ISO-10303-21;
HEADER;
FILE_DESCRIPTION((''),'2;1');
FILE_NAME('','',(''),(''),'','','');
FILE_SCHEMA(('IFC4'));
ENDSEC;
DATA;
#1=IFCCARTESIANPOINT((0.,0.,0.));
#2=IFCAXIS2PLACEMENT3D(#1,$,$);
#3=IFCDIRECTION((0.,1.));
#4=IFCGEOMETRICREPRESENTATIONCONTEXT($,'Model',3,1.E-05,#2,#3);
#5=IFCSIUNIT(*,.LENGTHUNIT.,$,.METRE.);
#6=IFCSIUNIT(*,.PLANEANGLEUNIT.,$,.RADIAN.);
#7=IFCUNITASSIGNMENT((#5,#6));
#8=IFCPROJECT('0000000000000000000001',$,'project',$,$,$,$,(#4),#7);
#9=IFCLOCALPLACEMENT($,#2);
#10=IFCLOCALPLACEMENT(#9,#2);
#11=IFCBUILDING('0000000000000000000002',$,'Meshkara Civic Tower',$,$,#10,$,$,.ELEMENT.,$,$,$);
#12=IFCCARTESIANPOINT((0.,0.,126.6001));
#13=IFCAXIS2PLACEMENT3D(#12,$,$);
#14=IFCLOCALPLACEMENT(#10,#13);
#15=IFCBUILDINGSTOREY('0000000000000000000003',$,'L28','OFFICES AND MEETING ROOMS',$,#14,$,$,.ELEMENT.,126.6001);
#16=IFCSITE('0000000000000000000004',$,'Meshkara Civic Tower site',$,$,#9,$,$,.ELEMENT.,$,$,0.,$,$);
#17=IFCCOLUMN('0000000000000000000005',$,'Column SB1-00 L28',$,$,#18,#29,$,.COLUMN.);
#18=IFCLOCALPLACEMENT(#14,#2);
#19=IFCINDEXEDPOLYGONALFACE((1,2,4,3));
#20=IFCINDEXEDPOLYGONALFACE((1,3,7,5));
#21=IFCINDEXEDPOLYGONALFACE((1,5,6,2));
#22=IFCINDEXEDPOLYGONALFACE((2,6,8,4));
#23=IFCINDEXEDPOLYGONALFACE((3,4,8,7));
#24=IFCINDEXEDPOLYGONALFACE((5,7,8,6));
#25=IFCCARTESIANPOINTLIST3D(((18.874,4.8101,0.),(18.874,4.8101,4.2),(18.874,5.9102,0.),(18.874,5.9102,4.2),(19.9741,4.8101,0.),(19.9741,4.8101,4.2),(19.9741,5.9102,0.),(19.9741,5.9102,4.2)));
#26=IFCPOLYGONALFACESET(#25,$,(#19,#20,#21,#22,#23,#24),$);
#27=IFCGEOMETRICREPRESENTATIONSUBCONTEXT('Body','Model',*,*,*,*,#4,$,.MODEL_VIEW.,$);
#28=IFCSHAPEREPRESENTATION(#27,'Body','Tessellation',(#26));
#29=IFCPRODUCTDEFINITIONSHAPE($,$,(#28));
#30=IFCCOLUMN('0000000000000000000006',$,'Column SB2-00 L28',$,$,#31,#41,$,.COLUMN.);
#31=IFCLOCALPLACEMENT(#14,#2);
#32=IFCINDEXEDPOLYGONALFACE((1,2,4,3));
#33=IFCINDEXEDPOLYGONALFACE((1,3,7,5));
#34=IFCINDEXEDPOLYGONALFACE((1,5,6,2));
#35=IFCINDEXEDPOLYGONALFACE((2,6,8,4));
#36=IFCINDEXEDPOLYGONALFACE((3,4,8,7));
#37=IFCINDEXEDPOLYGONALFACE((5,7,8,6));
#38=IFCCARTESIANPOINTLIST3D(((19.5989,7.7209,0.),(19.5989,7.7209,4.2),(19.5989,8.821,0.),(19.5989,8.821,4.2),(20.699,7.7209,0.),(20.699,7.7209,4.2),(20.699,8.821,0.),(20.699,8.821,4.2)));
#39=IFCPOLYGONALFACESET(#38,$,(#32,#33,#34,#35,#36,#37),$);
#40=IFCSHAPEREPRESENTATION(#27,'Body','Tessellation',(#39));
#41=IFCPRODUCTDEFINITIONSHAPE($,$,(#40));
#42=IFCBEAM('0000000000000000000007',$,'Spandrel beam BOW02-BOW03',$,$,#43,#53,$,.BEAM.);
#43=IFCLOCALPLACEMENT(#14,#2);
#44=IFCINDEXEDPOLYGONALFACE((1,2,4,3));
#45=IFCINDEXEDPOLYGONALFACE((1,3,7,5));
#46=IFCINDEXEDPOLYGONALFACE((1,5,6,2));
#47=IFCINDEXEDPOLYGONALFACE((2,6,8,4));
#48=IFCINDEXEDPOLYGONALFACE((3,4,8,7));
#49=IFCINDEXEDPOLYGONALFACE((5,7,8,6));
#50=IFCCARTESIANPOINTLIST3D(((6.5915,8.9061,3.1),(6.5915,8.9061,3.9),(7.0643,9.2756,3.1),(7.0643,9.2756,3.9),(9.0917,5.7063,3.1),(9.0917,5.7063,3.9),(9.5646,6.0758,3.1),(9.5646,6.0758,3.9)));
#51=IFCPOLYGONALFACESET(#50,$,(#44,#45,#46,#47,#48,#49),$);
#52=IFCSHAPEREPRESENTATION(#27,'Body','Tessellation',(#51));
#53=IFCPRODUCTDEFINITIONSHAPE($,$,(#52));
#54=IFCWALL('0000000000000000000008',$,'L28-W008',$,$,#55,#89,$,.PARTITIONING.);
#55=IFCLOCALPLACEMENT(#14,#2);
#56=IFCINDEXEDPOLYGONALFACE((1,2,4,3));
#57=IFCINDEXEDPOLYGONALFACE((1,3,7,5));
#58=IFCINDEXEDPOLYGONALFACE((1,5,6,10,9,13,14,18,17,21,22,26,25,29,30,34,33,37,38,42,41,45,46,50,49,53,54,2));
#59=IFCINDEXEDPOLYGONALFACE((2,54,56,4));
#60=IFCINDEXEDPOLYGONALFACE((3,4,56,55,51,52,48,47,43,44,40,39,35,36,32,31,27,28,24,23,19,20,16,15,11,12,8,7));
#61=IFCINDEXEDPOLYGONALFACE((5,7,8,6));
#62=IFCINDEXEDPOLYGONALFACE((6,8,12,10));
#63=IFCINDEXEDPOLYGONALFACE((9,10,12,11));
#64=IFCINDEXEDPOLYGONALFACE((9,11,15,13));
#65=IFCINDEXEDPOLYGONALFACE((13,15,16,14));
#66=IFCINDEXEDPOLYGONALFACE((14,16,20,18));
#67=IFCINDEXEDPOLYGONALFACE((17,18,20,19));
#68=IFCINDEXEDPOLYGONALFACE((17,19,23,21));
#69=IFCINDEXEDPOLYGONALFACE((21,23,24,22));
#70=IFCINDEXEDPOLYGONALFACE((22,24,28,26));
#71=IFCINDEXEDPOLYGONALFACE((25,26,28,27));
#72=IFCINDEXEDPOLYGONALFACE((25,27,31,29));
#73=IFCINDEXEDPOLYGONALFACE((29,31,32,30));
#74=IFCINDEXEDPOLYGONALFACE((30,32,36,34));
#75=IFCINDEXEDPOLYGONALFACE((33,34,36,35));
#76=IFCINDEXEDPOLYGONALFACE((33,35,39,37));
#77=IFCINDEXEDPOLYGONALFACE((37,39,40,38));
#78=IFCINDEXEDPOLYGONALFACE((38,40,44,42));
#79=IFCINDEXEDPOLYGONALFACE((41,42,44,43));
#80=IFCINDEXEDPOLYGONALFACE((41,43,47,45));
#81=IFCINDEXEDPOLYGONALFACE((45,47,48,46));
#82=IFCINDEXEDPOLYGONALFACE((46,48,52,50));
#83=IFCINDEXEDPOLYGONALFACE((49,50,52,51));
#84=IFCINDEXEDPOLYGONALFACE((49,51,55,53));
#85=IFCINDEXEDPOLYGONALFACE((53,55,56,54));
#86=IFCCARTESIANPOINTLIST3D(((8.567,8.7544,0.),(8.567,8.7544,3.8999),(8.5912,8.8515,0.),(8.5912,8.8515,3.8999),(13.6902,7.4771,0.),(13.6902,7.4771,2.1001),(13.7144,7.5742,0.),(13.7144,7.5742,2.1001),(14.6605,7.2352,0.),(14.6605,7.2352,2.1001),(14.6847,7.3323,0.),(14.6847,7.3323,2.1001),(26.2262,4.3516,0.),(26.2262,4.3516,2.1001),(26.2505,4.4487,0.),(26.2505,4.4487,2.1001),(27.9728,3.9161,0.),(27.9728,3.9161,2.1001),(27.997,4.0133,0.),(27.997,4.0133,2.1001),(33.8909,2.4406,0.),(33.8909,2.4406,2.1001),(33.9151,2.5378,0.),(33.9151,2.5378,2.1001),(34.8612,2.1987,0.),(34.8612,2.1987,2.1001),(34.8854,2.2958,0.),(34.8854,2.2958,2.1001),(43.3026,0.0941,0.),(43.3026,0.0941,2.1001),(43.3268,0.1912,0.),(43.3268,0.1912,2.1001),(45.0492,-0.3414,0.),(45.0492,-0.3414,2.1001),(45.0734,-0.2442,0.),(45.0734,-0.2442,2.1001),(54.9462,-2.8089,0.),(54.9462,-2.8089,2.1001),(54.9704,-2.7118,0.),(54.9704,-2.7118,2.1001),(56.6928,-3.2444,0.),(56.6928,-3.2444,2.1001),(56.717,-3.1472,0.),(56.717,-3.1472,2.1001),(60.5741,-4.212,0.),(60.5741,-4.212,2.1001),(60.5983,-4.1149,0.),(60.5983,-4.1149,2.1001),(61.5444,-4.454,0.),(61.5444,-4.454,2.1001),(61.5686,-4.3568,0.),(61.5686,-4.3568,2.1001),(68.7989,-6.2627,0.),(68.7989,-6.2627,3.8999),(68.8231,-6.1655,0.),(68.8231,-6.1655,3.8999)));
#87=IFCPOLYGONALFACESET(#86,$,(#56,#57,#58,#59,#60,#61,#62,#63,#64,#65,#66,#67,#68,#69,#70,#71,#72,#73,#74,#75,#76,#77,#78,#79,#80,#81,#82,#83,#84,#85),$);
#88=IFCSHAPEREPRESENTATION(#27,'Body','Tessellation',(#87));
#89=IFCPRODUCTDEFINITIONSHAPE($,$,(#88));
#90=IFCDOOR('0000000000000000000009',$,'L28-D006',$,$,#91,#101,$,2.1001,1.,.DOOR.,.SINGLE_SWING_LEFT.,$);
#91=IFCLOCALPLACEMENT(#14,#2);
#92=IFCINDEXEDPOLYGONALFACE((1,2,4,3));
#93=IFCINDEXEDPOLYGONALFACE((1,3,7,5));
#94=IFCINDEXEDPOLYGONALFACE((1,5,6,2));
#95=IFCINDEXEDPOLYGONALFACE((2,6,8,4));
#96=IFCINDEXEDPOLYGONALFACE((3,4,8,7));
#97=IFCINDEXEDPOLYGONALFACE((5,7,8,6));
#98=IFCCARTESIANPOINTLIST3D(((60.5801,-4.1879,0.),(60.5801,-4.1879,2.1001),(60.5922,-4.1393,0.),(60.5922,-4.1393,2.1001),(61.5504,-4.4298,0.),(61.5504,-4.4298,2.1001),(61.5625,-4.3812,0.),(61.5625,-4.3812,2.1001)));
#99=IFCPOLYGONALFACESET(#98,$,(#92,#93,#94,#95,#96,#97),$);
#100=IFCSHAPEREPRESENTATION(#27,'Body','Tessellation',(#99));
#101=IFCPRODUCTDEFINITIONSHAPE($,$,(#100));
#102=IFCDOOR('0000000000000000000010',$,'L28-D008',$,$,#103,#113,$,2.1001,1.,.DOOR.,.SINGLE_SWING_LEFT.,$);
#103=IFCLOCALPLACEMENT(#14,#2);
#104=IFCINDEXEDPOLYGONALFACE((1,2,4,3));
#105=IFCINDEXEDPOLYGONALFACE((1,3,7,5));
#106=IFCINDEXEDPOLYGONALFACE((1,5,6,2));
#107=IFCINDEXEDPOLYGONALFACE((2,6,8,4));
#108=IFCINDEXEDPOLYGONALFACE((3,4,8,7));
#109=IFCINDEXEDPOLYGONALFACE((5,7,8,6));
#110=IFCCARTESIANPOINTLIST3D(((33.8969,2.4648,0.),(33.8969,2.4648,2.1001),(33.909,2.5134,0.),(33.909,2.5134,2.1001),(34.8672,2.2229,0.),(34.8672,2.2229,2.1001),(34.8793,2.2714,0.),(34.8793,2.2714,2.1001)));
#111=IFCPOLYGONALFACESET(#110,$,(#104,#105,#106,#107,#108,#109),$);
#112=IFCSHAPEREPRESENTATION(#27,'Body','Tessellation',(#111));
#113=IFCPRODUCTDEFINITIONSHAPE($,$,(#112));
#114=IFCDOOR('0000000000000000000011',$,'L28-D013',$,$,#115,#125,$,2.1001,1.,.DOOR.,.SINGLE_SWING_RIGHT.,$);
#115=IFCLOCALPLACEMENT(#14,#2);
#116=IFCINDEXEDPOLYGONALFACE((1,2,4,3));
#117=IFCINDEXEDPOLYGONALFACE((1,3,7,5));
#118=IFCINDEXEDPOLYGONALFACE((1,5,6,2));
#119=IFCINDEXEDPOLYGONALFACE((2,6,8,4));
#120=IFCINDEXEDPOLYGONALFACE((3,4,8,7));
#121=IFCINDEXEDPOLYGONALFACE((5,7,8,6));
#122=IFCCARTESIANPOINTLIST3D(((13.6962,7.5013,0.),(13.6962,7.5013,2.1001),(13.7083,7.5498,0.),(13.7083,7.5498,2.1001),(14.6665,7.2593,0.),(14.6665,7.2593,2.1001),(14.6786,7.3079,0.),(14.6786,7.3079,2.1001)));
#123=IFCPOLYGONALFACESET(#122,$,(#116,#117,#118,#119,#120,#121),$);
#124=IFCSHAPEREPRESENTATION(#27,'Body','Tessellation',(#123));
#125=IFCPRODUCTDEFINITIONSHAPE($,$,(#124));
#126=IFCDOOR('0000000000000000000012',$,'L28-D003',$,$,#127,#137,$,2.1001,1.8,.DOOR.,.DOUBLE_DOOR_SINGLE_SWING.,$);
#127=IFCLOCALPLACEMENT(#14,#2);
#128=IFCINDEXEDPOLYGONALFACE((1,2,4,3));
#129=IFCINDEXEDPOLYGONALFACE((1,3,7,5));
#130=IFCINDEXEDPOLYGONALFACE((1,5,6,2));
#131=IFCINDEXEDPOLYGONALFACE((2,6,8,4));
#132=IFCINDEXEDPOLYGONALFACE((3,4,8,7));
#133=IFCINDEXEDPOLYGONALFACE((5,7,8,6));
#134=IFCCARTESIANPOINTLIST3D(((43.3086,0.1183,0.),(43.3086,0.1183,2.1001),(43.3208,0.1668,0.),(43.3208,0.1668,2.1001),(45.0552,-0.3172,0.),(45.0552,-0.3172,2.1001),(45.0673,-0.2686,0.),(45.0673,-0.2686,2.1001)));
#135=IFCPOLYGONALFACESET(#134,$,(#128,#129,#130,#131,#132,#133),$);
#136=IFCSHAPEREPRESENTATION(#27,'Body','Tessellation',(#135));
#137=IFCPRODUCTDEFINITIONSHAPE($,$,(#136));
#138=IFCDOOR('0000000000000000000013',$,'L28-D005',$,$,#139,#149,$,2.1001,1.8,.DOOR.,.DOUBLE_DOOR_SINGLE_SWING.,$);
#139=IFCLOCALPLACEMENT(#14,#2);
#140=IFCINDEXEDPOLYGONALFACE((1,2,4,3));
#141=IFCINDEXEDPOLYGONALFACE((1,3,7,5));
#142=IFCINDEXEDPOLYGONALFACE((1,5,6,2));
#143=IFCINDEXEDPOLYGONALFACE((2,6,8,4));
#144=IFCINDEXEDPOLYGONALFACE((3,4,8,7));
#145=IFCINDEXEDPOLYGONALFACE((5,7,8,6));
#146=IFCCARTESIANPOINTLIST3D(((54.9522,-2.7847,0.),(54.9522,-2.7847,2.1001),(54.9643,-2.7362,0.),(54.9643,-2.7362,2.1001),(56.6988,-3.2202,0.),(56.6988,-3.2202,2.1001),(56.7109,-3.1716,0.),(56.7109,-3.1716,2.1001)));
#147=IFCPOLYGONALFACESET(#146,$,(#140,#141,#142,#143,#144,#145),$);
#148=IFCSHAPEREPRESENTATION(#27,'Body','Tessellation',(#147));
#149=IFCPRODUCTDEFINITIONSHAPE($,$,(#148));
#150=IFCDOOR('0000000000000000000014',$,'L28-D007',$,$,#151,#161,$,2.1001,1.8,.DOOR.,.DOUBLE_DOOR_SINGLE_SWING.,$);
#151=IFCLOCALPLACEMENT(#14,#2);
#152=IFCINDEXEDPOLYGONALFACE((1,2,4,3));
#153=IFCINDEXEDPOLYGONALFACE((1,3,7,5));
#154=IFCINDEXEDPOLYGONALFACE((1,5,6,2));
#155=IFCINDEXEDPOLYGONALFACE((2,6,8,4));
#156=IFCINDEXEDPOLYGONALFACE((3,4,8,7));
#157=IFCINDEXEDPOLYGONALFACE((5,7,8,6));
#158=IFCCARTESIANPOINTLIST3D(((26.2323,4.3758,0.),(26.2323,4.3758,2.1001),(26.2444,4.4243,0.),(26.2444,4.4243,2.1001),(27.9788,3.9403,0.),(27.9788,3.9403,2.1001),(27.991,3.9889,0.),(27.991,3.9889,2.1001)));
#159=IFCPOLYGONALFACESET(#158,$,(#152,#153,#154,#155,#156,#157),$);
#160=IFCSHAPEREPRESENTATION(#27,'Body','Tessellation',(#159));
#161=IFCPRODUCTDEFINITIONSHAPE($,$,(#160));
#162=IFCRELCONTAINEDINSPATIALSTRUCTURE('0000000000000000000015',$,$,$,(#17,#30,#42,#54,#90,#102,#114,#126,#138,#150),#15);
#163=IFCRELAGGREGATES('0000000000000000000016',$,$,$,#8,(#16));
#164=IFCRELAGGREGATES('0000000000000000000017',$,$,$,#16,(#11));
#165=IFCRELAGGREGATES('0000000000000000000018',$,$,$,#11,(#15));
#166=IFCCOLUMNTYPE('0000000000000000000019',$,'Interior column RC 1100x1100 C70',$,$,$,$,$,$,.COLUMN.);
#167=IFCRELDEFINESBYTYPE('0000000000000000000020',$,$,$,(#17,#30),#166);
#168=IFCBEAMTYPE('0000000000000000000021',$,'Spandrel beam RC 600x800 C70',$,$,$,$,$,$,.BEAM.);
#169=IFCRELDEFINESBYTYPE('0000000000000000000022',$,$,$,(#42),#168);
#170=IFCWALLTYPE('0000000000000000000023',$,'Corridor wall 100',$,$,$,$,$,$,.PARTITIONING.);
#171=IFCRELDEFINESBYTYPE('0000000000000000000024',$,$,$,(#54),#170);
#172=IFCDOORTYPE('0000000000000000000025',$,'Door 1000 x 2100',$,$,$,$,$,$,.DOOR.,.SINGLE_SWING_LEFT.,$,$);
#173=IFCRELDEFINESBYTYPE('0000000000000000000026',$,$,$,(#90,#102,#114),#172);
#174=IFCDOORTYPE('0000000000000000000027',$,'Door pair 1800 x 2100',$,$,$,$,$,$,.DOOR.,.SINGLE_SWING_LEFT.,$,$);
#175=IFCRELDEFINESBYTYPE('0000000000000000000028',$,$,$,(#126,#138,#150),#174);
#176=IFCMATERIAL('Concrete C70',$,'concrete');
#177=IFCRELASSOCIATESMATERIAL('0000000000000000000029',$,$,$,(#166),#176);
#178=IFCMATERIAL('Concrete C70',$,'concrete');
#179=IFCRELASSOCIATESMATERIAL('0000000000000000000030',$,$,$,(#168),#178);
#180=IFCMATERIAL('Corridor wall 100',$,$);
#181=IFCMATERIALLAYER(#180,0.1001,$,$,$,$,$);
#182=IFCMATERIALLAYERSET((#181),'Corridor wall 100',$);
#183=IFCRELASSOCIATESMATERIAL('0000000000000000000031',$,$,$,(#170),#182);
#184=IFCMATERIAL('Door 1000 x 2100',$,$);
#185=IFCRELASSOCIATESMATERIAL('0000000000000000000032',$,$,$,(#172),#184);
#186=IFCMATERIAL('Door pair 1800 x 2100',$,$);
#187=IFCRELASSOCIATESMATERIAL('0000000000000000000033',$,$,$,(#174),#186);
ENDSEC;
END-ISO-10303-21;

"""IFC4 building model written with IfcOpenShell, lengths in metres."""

from ifc_helpers import new_model, si_unit, direction, frame, frame_2d, origin, origin_2d, place, context, subcontext, project, spatial, rectangle, extrude, material, layer, layer_set, material_profile, profile_set, type_object, element, fill, save


model = new_model("IFC4")

# Units and contexts
model_context = context("Model", 3, precision=1e-05, world=origin(), true_north=direction((0.0, 1.0)))
body_context = subcontext(model_context, "Body", "Model", "MODEL_VIEW")
ifc_project = project(units=[si_unit("LENGTHUNIT", "METRE"), si_unit("PLANEANGLEUNIT", "RADIAN")], contexts=[model_context])

# Site, building, storey
site_placement = place(None, origin())
site = spatial("IfcSite", under=ifc_project, at=site_placement, Name="Meshkara Civic Tower site", CompositionType="ELEMENT", RefElevation=0.0)
building_placement = place(site_placement, origin())
building = spatial("IfcBuilding", under=site, at=building_placement, Name="Meshkara Civic Tower", CompositionType="ELEMENT")
storey_placement = place(building_placement, frame((0.0, 0.0, 126.6001)))
storey = spatial("IfcBuildingStorey", under=building, at=storey_placement, Name="L28", Description="OFFICES AND MEETING ROOMS", CompositionType="ELEMENT", Elevation=126.6001)

# Columns
ifc_material_1 = material(Name="Concrete C70", Category="concrete")
ifc_material_profile_1 = material_profile(ifc_material_1, rectangle(XDim=1.1001, YDim=1.1001, at=origin_2d()))
ifc_profile_set_1 = profile_set([ifc_material_profile_1], Name="Concrete C70")
column_type = type_object("IfcColumnType", Name="Interior column RC 1100x1100 C70", PredefinedType="COLUMN", material=ifc_profile_set_1)
for number, where, z_axis, x_axis, name in (
    (1, (19.4241, 5.3601, 0.0), (0.0, 0.0, 1.0), (1.0, 0.0, 0.0), "Column SB1-00 L28"),
    (2, (20.1489, 8.271, 0.0), (0.0, 0.0, 1.0), (1.0, 0.0, 0.0), "Column SB2-00 L28"),
):
    element("IfcColumn", number, at=place(storey_placement, frame(where, z_axis=z_axis, x_axis=x_axis)), inside=storey, type_object=column_type, Name=name, PredefinedType="COLUMN", context=body_context, shape_type="SweptSolid", body=[
        extrude(rectangle(XDim=1.1001, YDim=1.1001, at=origin_2d()), origin(), (0.0, 0.0, 1.0), 4.2),
    ])

# Beam
ifc_material_2 = material(Name="Concrete C70", Category="concrete")
ifc_material_profile_2 = material_profile(ifc_material_2, rectangle(XDim=0.6001, YDim=0.8, at=origin_2d()))
ifc_profile_set_2 = profile_set([ifc_material_profile_2], Name="Concrete C70")
beam_type = type_object("IfcBeamType", Name="Spandrel beam RC 600x800 C70", PredefinedType="BEAM", material=ifc_profile_set_2)
beam_placement = place(storey_placement, frame((6.8279, 9.0908, 3.5), z_axis=(0.615716, -0.787968, 0.0), x_axis=(0.787968, 0.615716, 0.0)))
element("IfcBeam", 3, at=beam_placement, inside=storey, type_object=beam_type, Name="Spandrel beam BOW02-BOW03", PredefinedType="BEAM", context=body_context, shape_type="SweptSolid", body=[
    extrude(rectangle(XDim=0.6001, YDim=0.8, at=origin_2d()), origin(), (0.0, 0.0, 1.0), 4.0608),
])

# Wall, openings, doors
ifc_material_3 = material(Name="Corridor wall 100")
ifc_layer_1 = layer(ifc_material_3, 0.1001)
ifc_layer_set_1 = layer_set([ifc_layer_1], Name="Corridor wall 100")
wall_type_1 = type_object("IfcWallType", Name="Corridor wall 100", PredefinedType="PARTITIONING", material=ifc_layer_set_1)
wall_1_placement = place(storey_placement, frame((8.5791, 8.803, 0.0), z_axis=(0.0, 0.0, 1.0), x_axis=(0.970297, -0.241916, 0.0)))
wall_1 = element("IfcWall", 4, at=wall_1_placement, inside=storey, type_object=wall_type_1, Name="L28-W008", PredefinedType="PARTITIONING", context=body_context, shape_type="SweptSolid", body=[
    extrude(rectangle(XDim=62.0757, YDim=0.1001, at=frame_2d((31.0378, 0.0))), origin(), (0.0, 0.0, 1.0), 3.8999),
])
opening_1_placement = place(wall_1_placement, frame((35.7991, 0.0, 0.0)))
opening_1 = element("IfcOpeningElement", 5, at=opening_1_placement, cuts=wall_1, PredefinedType="OPENING", context=body_context, shape_type="SweptSolid", body=[
    extrude(rectangle(XDim=1.8, YDim=2.1001, at=frame_2d((0.8999, 1.05))), frame((0.0, 0.0601, 0.0), z_axis=(0.0, -1.0, 0.0), x_axis=(1.0, 0.0, 0.0)), (0.0, 0.0, 1.0), 0.1201),
])
opening_2_placement = place(wall_1_placement, frame((47.7991, 0.0, 0.0)))
opening_2 = element("IfcOpeningElement", 6, at=opening_2_placement, cuts=wall_1, PredefinedType="OPENING", context=body_context, shape_type="SweptSolid", body=[
    extrude(rectangle(XDim=1.8, YDim=2.1001, at=frame_2d((0.8999, 1.05))), frame((0.0, 0.0601, 0.0), z_axis=(0.0, -1.0, 0.0), x_axis=(1.0, 0.0, 0.0)), (0.0, 0.0, 1.0), 0.1201),
])
opening_3_placement = place(wall_1_placement, frame((53.5991, 0.0, 0.0)))
opening_3 = element("IfcOpeningElement", 7, at=opening_3_placement, cuts=wall_1, PredefinedType="OPENING", context=body_context, shape_type="SweptSolid", body=[
    extrude(rectangle(XDim=1.0, YDim=2.1001, at=frame_2d((0.5, 1.05))), frame((0.0, 0.0601, 0.0), z_axis=(0.0, -1.0, 0.0), x_axis=(1.0, 0.0, 0.0)), (0.0, 0.0, 1.0), 0.1201),
])
opening_4_placement = place(wall_1_placement, frame((18.2, 0.0, 0.0)))
opening_4 = element("IfcOpeningElement", 8, at=opening_4_placement, cuts=wall_1, PredefinedType="OPENING", context=body_context, shape_type="SweptSolid", body=[
    extrude(rectangle(XDim=1.8, YDim=2.1001, at=frame_2d((0.8999, 1.05))), frame((0.0, 0.0601, 0.0), z_axis=(0.0, -1.0, 0.0), x_axis=(1.0, 0.0, 0.0)), (0.0, 0.0, 1.0), 0.1201),
])
opening_5_placement = place(wall_1_placement, frame((26.0991, 0.0, 0.0)))
opening_5 = element("IfcOpeningElement", 9, at=opening_5_placement, cuts=wall_1, PredefinedType="OPENING", context=body_context, shape_type="SweptSolid", body=[
    extrude(rectangle(XDim=1.0, YDim=2.1001, at=frame_2d((0.5, 1.05))), frame((0.0, 0.0601, 0.0), z_axis=(0.0, -1.0, 0.0), x_axis=(1.0, 0.0, 0.0)), (0.0, 0.0, 1.0), 0.1201),
])
opening_6_placement = place(wall_1_placement, frame((5.28, 0.0, 0.0)))
opening_6 = element("IfcOpeningElement", 10, at=opening_6_placement, cuts=wall_1, PredefinedType="OPENING", context=body_context, shape_type="SweptSolid", body=[
    extrude(rectangle(XDim=1.0, YDim=2.1001, at=frame_2d((0.5, 1.05))), frame((0.0, 0.0601, 0.0), z_axis=(0.0, -1.0, 0.0), x_axis=(1.0, 0.0, 0.0)), (0.0, 0.0, 1.0), 0.1201),
])
ifc_material_4 = material(Name="Door 1000 x 2100")
door_type_1 = type_object("IfcDoorType", Name="Door 1000 x 2100", OperationType="SINGLE_SWING_LEFT", PredefinedType="DOOR", material=ifc_material_4)
door_1_placement = place(opening_3_placement, origin())
door_1 = element("IfcDoor", 11, at=door_1_placement, inside=storey, type_object=door_type_1, Name="L28-D006", OperationType="SINGLE_SWING_LEFT", OverallHeight=2.1001, OverallWidth=1.0, PredefinedType="DOOR", context=body_context, shape_type="SweptSolid", body=[
    extrude(rectangle(XDim=1.0, YDim=2.1001, at=frame_2d((0.5, 1.05))), frame((0.0, 0.0249, 0.0), z_axis=(0.0, -1.0, 0.0), x_axis=(1.0, 0.0, 0.0)), (0.0, 0.0, 1.0), 0.05),
])
fill(opening_3, door_1)
door_2_placement = place(opening_5_placement, origin())
door_2 = element("IfcDoor", 12, at=door_2_placement, inside=storey, type_object=door_type_1, Name="L28-D008", OperationType="SINGLE_SWING_LEFT", OverallHeight=2.1001, OverallWidth=1.0, PredefinedType="DOOR", context=body_context, shape_type="SweptSolid", body=[
    extrude(rectangle(XDim=1.0, YDim=2.1001, at=frame_2d((0.5, 1.05))), frame((0.0, 0.0249, 0.0), z_axis=(0.0, -1.0, 0.0), x_axis=(1.0, 0.0, 0.0)), (0.0, 0.0, 1.0), 0.05),
])
fill(opening_5, door_2)
door_3_placement = place(opening_6_placement, origin())
door_3 = element("IfcDoor", 13, at=door_3_placement, inside=storey, type_object=door_type_1, Name="L28-D013", OperationType="SINGLE_SWING_RIGHT", OverallHeight=2.1001, OverallWidth=1.0, PredefinedType="DOOR", context=body_context, shape_type="SweptSolid", body=[
    extrude(rectangle(XDim=1.0, YDim=2.1001, at=frame_2d((0.5, 1.05))), frame((0.0, 0.0249, 0.0), z_axis=(0.0, -1.0, 0.0), x_axis=(1.0, 0.0, 0.0)), (0.0, 0.0, 1.0), 0.05),
])
fill(opening_6, door_3)
ifc_material_5 = material(Name="Door pair 1800 x 2100")
door_type_2 = type_object("IfcDoorType", Name="Door pair 1800 x 2100", OperationType="SINGLE_SWING_LEFT", PredefinedType="DOOR", material=ifc_material_5)
door_4_placement = place(opening_1_placement, origin())
door_4 = element("IfcDoor", 14, at=door_4_placement, inside=storey, type_object=door_type_2, Name="L28-D003", OperationType="DOUBLE_DOOR_SINGLE_SWING", OverallHeight=2.1001, OverallWidth=1.8, PredefinedType="DOOR", context=body_context, shape_type="SweptSolid", body=[
    extrude(rectangle(XDim=1.8, YDim=2.1001, at=frame_2d((0.8999, 1.05))), frame((0.0, 0.0249, 0.0), z_axis=(0.0, -1.0, 0.0), x_axis=(1.0, 0.0, 0.0)), (0.0, 0.0, 1.0), 0.05),
])
fill(opening_1, door_4)
door_5_placement = place(opening_2_placement, origin())
door_5 = element("IfcDoor", 15, at=door_5_placement, inside=storey, type_object=door_type_2, Name="L28-D005", OperationType="DOUBLE_DOOR_SINGLE_SWING", OverallHeight=2.1001, OverallWidth=1.8, PredefinedType="DOOR", context=body_context, shape_type="SweptSolid", body=[
    extrude(rectangle(XDim=1.8, YDim=2.1001, at=frame_2d((0.8999, 1.05))), frame((0.0, 0.0249, 0.0), z_axis=(0.0, -1.0, 0.0), x_axis=(1.0, 0.0, 0.0)), (0.0, 0.0, 1.0), 0.05),
])
fill(opening_2, door_5)
door_6_placement = place(opening_4_placement, origin())
door_6 = element("IfcDoor", 16, at=door_6_placement, inside=storey, type_object=door_type_2, Name="L28-D007", OperationType="DOUBLE_DOOR_SINGLE_SWING", OverallHeight=2.1001, OverallWidth=1.8, PredefinedType="DOOR", context=body_context, shape_type="SweptSolid", body=[
    extrude(rectangle(XDim=1.8, YDim=2.1001, at=frame_2d((0.8999, 1.05))), frame((0.0, 0.0249, 0.0), z_axis=(0.0, -1.0, 0.0), x_axis=(1.0, 0.0, 0.0)), (0.0, 0.0, 1.0), 0.05),
])
fill(opening_4, door_6)

save(model, "model.ifc")
